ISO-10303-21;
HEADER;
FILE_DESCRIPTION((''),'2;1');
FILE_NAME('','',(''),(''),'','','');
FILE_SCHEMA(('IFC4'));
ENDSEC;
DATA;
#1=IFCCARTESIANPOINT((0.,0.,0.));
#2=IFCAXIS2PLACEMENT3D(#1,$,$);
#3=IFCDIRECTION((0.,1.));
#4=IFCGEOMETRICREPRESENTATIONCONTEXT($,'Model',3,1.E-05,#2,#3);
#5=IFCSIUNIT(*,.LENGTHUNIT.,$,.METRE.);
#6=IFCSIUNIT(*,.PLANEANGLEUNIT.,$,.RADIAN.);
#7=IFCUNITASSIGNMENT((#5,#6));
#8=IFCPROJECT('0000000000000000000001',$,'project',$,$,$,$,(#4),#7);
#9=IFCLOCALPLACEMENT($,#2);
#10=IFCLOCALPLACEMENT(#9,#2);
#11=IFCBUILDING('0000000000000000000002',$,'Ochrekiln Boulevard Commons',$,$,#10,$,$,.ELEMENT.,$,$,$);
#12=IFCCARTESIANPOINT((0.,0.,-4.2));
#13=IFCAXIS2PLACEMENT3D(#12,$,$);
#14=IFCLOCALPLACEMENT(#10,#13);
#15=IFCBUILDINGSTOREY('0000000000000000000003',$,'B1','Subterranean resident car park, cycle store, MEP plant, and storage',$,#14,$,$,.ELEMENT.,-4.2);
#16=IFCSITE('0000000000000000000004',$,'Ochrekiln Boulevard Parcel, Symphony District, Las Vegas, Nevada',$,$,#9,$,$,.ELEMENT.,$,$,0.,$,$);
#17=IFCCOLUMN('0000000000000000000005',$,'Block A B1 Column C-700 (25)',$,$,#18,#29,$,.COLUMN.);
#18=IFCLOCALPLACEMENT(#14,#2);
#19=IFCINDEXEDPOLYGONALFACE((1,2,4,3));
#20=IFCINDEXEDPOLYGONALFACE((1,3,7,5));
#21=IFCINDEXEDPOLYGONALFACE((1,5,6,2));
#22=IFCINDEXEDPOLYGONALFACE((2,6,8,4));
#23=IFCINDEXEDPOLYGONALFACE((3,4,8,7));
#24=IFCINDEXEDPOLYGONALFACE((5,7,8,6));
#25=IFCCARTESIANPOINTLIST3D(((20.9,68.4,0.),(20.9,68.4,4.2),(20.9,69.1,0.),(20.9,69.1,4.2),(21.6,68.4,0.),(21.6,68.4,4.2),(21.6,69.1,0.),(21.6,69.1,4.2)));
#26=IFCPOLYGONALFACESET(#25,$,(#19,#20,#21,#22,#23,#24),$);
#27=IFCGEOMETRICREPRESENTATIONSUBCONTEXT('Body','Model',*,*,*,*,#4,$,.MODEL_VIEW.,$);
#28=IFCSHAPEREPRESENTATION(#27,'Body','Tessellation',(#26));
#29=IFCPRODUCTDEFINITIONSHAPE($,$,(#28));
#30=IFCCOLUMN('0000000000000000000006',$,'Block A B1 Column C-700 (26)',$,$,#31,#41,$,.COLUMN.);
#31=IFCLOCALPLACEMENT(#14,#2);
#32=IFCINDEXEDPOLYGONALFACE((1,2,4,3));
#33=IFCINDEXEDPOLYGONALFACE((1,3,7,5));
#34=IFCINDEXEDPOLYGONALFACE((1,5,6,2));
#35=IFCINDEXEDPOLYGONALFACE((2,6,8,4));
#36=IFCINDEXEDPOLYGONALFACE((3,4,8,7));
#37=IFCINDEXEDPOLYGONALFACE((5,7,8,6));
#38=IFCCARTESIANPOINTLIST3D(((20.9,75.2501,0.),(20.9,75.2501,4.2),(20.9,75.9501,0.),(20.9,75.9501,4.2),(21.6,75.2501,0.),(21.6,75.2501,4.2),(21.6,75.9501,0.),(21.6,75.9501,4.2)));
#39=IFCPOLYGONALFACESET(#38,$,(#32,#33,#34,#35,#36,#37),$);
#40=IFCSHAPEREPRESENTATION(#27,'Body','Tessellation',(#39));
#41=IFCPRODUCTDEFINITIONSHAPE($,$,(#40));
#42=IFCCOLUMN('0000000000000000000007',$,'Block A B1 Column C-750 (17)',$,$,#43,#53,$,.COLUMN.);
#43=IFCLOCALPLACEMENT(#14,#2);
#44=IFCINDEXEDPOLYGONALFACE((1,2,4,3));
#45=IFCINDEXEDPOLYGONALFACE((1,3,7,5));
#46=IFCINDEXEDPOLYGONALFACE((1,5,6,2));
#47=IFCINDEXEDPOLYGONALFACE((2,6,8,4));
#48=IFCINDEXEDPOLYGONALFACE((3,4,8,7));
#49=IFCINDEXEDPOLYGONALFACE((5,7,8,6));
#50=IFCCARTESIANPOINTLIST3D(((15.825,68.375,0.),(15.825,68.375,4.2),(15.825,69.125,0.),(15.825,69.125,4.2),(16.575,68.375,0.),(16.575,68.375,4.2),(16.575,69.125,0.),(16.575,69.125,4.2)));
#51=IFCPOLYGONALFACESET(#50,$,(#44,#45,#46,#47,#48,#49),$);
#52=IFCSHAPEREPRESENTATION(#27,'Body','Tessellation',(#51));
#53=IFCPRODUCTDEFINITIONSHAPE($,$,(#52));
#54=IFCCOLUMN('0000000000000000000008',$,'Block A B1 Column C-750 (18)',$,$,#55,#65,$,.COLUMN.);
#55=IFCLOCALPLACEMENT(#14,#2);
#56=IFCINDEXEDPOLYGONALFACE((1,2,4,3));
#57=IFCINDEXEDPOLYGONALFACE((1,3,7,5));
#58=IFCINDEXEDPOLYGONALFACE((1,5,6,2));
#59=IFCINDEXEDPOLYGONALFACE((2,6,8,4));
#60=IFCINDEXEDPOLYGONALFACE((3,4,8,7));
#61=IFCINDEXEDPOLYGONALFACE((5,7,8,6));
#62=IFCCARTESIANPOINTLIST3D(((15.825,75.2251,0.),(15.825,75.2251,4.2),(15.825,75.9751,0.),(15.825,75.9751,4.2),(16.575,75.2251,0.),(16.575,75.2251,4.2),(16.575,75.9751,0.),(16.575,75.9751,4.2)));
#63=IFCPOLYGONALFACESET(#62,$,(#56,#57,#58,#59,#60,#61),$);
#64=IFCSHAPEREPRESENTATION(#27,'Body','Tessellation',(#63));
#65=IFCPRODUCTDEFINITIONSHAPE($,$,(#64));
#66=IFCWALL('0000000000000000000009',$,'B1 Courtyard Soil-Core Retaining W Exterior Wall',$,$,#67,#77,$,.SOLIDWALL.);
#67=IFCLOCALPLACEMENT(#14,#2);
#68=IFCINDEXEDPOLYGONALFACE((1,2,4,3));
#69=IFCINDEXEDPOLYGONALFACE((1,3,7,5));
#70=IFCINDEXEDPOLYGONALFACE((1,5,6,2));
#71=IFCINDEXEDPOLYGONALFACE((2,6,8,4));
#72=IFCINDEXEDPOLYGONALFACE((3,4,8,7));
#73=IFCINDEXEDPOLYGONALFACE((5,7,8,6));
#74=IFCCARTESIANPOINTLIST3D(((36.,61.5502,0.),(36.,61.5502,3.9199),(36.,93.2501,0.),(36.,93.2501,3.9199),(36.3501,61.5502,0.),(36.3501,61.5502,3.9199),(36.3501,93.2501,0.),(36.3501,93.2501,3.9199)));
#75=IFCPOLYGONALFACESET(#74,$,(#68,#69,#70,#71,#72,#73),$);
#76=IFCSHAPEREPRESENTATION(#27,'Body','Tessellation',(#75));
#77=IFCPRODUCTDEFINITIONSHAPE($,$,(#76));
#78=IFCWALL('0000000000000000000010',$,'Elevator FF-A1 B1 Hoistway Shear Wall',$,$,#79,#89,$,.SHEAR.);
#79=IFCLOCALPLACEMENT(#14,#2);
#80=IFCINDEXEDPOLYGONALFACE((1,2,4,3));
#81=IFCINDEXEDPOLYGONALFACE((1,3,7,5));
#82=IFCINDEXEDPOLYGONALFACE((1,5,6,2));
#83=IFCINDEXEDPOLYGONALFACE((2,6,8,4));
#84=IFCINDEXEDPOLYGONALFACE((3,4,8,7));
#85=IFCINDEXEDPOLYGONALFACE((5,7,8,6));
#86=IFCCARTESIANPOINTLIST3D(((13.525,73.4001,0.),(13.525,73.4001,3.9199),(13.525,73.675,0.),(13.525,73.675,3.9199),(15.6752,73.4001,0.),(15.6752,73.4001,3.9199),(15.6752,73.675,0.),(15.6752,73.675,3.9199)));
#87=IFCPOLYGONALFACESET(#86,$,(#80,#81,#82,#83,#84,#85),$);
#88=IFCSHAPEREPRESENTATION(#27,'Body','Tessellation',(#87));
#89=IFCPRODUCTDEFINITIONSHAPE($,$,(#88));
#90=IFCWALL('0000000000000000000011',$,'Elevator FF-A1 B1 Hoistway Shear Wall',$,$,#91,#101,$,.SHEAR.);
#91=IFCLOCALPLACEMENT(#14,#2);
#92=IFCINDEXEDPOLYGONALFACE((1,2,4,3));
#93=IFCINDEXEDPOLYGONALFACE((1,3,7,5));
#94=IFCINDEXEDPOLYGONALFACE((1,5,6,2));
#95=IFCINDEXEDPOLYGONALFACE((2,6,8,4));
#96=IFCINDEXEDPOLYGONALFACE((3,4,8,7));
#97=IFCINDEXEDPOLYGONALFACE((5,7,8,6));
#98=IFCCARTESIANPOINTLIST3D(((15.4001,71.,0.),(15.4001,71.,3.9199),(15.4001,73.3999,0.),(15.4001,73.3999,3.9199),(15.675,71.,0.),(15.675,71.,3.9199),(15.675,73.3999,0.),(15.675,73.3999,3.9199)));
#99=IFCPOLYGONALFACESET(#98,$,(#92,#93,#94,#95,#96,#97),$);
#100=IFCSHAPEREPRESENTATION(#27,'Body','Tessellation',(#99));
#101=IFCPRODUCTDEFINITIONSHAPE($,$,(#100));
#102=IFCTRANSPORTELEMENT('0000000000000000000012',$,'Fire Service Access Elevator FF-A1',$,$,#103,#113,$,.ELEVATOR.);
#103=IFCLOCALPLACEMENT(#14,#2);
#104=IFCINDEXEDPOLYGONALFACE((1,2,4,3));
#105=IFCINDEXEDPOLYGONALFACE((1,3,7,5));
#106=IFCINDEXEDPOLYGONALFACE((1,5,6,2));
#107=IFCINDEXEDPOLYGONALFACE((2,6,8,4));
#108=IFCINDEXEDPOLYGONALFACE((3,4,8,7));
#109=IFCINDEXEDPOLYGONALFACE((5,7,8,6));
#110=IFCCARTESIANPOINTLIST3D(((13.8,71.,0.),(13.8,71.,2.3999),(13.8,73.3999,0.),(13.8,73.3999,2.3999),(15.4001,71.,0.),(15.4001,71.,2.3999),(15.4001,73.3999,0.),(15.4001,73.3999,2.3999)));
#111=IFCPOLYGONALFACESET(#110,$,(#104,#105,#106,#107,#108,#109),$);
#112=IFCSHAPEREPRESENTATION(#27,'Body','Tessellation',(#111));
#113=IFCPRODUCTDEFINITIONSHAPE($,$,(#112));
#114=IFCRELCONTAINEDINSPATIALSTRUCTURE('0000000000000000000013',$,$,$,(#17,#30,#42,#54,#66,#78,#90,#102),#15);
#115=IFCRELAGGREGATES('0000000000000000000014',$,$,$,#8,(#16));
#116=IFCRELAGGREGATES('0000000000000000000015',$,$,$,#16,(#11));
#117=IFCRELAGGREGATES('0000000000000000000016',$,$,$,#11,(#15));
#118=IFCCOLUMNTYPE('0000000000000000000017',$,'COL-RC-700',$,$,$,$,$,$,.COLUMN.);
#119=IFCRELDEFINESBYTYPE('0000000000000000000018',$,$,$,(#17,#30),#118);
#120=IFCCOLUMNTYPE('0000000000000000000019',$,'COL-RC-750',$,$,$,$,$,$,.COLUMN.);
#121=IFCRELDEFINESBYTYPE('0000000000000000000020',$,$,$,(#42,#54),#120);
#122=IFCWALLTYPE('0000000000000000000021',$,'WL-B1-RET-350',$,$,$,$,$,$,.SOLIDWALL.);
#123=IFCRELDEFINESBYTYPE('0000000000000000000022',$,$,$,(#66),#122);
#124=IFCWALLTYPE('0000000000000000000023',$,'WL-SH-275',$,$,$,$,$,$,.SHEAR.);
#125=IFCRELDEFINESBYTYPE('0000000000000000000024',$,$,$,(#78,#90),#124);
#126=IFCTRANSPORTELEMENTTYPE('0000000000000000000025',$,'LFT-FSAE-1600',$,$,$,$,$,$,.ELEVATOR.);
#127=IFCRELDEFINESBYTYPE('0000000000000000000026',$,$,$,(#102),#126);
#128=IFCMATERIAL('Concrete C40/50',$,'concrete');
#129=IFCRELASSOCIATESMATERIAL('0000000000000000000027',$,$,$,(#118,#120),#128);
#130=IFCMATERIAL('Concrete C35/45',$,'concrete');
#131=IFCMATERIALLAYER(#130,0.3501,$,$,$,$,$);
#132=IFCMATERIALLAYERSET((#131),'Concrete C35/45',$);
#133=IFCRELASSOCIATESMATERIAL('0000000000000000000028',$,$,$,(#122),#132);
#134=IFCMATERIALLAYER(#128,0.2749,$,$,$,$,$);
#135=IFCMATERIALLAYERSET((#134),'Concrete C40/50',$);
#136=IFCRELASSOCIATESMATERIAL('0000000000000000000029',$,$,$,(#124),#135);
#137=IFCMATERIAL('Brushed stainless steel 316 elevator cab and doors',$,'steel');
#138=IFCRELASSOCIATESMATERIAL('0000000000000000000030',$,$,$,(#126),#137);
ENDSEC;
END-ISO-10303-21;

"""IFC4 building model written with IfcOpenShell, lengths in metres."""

from ifc_helpers import new_model, si_unit, direction, frame, frame_2d, origin, origin_2d, place, context, subcontext, project, spatial, rectangle, extrude, material, layer, layer_set, material_profile, profile_set, type_object, element, save


model = new_model("IFC4")

# Units and contexts
model_context = context("Model", 3, precision=1e-05, world=origin(), true_north=direction((0.0, 1.0)))
body_context = subcontext(model_context, "Body", "Model", "MODEL_VIEW")
ifc_project = project(units=[si_unit("LENGTHUNIT", "METRE"), si_unit("PLANEANGLEUNIT", "RADIAN")], contexts=[model_context])

# Site, building, storey
site_placement = place(None, origin())
site = spatial("IfcSite", under=ifc_project, at=site_placement, Name="Ochrekiln Boulevard Parcel, Symphony District, Las Vegas, Nevada", CompositionType="ELEMENT", RefElevation=0.0)
building_placement = place(site_placement, origin())
building = spatial("IfcBuilding", under=site, at=building_placement, Name="Ochrekiln Boulevard Commons", CompositionType="ELEMENT")
storey_placement = place(building_placement, frame((0.0, 0.0, -4.2)))
storey = spatial("IfcBuildingStorey", under=building, at=storey_placement, Name="B1", Description="Subterranean resident car park, cycle store, MEP plant, and storage", CompositionType="ELEMENT", Elevation=-4.2)

# Shared definitions
ifc_material_1 = material(Name="Concrete C35/45", Category="concrete")

# Columns
ifc_material_2 = material(Name="Concrete C40/50", Category="concrete")
ifc_material_profile_1 = material_profile(ifc_material_2, rectangle(XDim=0.7, YDim=0.7, at=origin_2d()), Name="RC-COL-700x700")
ifc_profile_set_1 = profile_set([ifc_material_profile_1], Name="Concrete C40/50")
column_type_1 = type_object("IfcColumnType", Name="COL-RC-700", PredefinedType="COLUMN", material=ifc_profile_set_1)
for number, where, z_axis, x_axis, name in (
    (1, (21.25, 68.75, 0.0), (0.0, 0.0, 1.0), (1.0, 0.0, 0.0), "Block A B1 Column C-700 (25)"),
    (2, (21.25, 75.6001, 0.0), (0.0, 0.0, 1.0), (1.0, 0.0, 0.0), "Block A B1 Column C-700 (26)"),
):
    element("IfcColumn", number, at=place(storey_placement, frame(where, z_axis=z_axis, x_axis=x_axis)), inside=storey, type_object=column_type_1, Name=name, PredefinedType="COLUMN", context=body_context, shape_type="SweptSolid", body=[
        extrude(rectangle(XDim=0.7, YDim=0.7, at=origin_2d()), origin(), (0.0, 0.0, 1.0), 4.2),
    ])
ifc_material_profile_2 = material_profile(ifc_material_2, rectangle(XDim=0.75, YDim=0.75, at=origin_2d()), Name="RC-COL-750x750")
ifc_profile_set_2 = profile_set([ifc_material_profile_2], Name="Concrete C40/50")
column_type_2 = type_object("IfcColumnType", Name="COL-RC-750", PredefinedType="COLUMN", material=ifc_profile_set_2)
for number, where, z_axis, x_axis, name in (
    (3, (16.2, 68.75, 0.0), (0.0, 0.0, 1.0), (1.0, 0.0, 0.0), "Block A B1 Column C-750 (17)"),
    (4, (16.2, 75.6001, 0.0), (0.0, 0.0, 1.0), (1.0, 0.0, 0.0), "Block A B1 Column C-750 (18)"),
):
    element("IfcColumn", number, at=place(storey_placement, frame(where, z_axis=z_axis, x_axis=x_axis)), inside=storey, type_object=column_type_2, Name=name, PredefinedType="COLUMN", context=body_context, shape_type="SweptSolid", body=[
        extrude(rectangle(XDim=0.75, YDim=0.75, at=origin_2d()), origin(), (0.0, 0.0, 1.0), 4.2),
    ])

# Walls
ifc_layer_1 = layer(ifc_material_1, 0.3501)
ifc_layer_set_1 = layer_set([ifc_layer_1], Name="Concrete C35/45")
wall_type_1 = type_object("IfcWallType", Name="WL-B1-RET-350", PredefinedType="SOLIDWALL", material=ifc_layer_set_1)
wall_1_placement = place(storey_placement, frame((36.175, 61.55, 0.0), z_axis=(0.0, 0.0, 1.0), x_axis=(0.0, 1.0, 0.0)))
element("IfcWall", 5, at=wall_1_placement, inside=storey, type_object=wall_type_1, Name="B1 Courtyard Soil-Core Retaining W Exterior Wall", PredefinedType="SOLIDWALL", context=body_context, shape_type="SweptSolid", body=[
    extrude(rectangle(XDim=31.7, YDim=0.3501, at=frame_2d((15.8501, 0.0))), origin(), (0.0, 0.0, 1.0), 3.9199),
])
ifc_layer_2 = layer(ifc_material_2, 0.2749)
ifc_layer_set_2 = layer_set([ifc_layer_2], Name="Concrete C40/50")
wall_type_2 = type_object("IfcWallType", Name="WL-SH-275", PredefinedType="SHEAR", material=ifc_layer_set_2)
wall_2_placement = place(storey_placement, frame((13.5249, 73.5376, 0.0), z_axis=(0.0, 0.0, 1.0), x_axis=(1.0, 0.0, 0.0)))
element("IfcWall", 6, at=wall_2_placement, inside=storey, type_object=wall_type_2, Name="Elevator FF-A1 B1 Hoistway Shear Wall", PredefinedType="SHEAR", context=body_context, shape_type="SweptSolid", body=[
    extrude(rectangle(XDim=2.1501, YDim=0.2749, at=frame_2d((1.0752, 0.0))), origin(), (0.0, 0.0, 1.0), 3.9199),
])

# Shared definitions
ifc_material_3 = material(Name="Brushed stainless steel 316 elevator cab and doors", Category="steel")

# Wall
wall_3_placement = place(storey_placement, frame((15.5376, 71.0, 0.0), z_axis=(0.0, 0.0, 1.0), x_axis=(0.0, 1.0, 0.0)))
element("IfcWall", 7, at=wall_3_placement, inside=storey, type_object=wall_type_2, Name="Elevator FF-A1 B1 Hoistway Shear Wall", PredefinedType="SHEAR", context=body_context, shape_type="SweptSolid", body=[
    extrude(rectangle(XDim=2.3999, YDim=0.2749, at=frame_2d((1.2, 0.0))), origin(), (0.0, 0.0, 1.0), 3.9199),
])

# Transport element
transport_element_type = type_object("IfcTransportElementType", Name="LFT-FSAE-1600", PredefinedType="ELEVATOR", material=ifc_material_3)
transport_element_placement = place(storey_placement, frame((14.6001, 72.2, 0.0), z_axis=(0.0, 0.0, 1.0), x_axis=(1.0, 0.0, 0.0)))
element("IfcTransportElement", 8, at=transport_element_placement, inside=storey, type_object=transport_element_type, Name="Fire Service Access Elevator FF-A1", PredefinedType="ELEVATOR", context=body_context, shape_type="SweptSolid", body=[
    extrude(rectangle(XDim=1.6001, YDim=2.3999, at=origin_2d()), origin(), (0.0, 0.0, 1.0), 2.3999),
])

save(model, "model.ifc")
